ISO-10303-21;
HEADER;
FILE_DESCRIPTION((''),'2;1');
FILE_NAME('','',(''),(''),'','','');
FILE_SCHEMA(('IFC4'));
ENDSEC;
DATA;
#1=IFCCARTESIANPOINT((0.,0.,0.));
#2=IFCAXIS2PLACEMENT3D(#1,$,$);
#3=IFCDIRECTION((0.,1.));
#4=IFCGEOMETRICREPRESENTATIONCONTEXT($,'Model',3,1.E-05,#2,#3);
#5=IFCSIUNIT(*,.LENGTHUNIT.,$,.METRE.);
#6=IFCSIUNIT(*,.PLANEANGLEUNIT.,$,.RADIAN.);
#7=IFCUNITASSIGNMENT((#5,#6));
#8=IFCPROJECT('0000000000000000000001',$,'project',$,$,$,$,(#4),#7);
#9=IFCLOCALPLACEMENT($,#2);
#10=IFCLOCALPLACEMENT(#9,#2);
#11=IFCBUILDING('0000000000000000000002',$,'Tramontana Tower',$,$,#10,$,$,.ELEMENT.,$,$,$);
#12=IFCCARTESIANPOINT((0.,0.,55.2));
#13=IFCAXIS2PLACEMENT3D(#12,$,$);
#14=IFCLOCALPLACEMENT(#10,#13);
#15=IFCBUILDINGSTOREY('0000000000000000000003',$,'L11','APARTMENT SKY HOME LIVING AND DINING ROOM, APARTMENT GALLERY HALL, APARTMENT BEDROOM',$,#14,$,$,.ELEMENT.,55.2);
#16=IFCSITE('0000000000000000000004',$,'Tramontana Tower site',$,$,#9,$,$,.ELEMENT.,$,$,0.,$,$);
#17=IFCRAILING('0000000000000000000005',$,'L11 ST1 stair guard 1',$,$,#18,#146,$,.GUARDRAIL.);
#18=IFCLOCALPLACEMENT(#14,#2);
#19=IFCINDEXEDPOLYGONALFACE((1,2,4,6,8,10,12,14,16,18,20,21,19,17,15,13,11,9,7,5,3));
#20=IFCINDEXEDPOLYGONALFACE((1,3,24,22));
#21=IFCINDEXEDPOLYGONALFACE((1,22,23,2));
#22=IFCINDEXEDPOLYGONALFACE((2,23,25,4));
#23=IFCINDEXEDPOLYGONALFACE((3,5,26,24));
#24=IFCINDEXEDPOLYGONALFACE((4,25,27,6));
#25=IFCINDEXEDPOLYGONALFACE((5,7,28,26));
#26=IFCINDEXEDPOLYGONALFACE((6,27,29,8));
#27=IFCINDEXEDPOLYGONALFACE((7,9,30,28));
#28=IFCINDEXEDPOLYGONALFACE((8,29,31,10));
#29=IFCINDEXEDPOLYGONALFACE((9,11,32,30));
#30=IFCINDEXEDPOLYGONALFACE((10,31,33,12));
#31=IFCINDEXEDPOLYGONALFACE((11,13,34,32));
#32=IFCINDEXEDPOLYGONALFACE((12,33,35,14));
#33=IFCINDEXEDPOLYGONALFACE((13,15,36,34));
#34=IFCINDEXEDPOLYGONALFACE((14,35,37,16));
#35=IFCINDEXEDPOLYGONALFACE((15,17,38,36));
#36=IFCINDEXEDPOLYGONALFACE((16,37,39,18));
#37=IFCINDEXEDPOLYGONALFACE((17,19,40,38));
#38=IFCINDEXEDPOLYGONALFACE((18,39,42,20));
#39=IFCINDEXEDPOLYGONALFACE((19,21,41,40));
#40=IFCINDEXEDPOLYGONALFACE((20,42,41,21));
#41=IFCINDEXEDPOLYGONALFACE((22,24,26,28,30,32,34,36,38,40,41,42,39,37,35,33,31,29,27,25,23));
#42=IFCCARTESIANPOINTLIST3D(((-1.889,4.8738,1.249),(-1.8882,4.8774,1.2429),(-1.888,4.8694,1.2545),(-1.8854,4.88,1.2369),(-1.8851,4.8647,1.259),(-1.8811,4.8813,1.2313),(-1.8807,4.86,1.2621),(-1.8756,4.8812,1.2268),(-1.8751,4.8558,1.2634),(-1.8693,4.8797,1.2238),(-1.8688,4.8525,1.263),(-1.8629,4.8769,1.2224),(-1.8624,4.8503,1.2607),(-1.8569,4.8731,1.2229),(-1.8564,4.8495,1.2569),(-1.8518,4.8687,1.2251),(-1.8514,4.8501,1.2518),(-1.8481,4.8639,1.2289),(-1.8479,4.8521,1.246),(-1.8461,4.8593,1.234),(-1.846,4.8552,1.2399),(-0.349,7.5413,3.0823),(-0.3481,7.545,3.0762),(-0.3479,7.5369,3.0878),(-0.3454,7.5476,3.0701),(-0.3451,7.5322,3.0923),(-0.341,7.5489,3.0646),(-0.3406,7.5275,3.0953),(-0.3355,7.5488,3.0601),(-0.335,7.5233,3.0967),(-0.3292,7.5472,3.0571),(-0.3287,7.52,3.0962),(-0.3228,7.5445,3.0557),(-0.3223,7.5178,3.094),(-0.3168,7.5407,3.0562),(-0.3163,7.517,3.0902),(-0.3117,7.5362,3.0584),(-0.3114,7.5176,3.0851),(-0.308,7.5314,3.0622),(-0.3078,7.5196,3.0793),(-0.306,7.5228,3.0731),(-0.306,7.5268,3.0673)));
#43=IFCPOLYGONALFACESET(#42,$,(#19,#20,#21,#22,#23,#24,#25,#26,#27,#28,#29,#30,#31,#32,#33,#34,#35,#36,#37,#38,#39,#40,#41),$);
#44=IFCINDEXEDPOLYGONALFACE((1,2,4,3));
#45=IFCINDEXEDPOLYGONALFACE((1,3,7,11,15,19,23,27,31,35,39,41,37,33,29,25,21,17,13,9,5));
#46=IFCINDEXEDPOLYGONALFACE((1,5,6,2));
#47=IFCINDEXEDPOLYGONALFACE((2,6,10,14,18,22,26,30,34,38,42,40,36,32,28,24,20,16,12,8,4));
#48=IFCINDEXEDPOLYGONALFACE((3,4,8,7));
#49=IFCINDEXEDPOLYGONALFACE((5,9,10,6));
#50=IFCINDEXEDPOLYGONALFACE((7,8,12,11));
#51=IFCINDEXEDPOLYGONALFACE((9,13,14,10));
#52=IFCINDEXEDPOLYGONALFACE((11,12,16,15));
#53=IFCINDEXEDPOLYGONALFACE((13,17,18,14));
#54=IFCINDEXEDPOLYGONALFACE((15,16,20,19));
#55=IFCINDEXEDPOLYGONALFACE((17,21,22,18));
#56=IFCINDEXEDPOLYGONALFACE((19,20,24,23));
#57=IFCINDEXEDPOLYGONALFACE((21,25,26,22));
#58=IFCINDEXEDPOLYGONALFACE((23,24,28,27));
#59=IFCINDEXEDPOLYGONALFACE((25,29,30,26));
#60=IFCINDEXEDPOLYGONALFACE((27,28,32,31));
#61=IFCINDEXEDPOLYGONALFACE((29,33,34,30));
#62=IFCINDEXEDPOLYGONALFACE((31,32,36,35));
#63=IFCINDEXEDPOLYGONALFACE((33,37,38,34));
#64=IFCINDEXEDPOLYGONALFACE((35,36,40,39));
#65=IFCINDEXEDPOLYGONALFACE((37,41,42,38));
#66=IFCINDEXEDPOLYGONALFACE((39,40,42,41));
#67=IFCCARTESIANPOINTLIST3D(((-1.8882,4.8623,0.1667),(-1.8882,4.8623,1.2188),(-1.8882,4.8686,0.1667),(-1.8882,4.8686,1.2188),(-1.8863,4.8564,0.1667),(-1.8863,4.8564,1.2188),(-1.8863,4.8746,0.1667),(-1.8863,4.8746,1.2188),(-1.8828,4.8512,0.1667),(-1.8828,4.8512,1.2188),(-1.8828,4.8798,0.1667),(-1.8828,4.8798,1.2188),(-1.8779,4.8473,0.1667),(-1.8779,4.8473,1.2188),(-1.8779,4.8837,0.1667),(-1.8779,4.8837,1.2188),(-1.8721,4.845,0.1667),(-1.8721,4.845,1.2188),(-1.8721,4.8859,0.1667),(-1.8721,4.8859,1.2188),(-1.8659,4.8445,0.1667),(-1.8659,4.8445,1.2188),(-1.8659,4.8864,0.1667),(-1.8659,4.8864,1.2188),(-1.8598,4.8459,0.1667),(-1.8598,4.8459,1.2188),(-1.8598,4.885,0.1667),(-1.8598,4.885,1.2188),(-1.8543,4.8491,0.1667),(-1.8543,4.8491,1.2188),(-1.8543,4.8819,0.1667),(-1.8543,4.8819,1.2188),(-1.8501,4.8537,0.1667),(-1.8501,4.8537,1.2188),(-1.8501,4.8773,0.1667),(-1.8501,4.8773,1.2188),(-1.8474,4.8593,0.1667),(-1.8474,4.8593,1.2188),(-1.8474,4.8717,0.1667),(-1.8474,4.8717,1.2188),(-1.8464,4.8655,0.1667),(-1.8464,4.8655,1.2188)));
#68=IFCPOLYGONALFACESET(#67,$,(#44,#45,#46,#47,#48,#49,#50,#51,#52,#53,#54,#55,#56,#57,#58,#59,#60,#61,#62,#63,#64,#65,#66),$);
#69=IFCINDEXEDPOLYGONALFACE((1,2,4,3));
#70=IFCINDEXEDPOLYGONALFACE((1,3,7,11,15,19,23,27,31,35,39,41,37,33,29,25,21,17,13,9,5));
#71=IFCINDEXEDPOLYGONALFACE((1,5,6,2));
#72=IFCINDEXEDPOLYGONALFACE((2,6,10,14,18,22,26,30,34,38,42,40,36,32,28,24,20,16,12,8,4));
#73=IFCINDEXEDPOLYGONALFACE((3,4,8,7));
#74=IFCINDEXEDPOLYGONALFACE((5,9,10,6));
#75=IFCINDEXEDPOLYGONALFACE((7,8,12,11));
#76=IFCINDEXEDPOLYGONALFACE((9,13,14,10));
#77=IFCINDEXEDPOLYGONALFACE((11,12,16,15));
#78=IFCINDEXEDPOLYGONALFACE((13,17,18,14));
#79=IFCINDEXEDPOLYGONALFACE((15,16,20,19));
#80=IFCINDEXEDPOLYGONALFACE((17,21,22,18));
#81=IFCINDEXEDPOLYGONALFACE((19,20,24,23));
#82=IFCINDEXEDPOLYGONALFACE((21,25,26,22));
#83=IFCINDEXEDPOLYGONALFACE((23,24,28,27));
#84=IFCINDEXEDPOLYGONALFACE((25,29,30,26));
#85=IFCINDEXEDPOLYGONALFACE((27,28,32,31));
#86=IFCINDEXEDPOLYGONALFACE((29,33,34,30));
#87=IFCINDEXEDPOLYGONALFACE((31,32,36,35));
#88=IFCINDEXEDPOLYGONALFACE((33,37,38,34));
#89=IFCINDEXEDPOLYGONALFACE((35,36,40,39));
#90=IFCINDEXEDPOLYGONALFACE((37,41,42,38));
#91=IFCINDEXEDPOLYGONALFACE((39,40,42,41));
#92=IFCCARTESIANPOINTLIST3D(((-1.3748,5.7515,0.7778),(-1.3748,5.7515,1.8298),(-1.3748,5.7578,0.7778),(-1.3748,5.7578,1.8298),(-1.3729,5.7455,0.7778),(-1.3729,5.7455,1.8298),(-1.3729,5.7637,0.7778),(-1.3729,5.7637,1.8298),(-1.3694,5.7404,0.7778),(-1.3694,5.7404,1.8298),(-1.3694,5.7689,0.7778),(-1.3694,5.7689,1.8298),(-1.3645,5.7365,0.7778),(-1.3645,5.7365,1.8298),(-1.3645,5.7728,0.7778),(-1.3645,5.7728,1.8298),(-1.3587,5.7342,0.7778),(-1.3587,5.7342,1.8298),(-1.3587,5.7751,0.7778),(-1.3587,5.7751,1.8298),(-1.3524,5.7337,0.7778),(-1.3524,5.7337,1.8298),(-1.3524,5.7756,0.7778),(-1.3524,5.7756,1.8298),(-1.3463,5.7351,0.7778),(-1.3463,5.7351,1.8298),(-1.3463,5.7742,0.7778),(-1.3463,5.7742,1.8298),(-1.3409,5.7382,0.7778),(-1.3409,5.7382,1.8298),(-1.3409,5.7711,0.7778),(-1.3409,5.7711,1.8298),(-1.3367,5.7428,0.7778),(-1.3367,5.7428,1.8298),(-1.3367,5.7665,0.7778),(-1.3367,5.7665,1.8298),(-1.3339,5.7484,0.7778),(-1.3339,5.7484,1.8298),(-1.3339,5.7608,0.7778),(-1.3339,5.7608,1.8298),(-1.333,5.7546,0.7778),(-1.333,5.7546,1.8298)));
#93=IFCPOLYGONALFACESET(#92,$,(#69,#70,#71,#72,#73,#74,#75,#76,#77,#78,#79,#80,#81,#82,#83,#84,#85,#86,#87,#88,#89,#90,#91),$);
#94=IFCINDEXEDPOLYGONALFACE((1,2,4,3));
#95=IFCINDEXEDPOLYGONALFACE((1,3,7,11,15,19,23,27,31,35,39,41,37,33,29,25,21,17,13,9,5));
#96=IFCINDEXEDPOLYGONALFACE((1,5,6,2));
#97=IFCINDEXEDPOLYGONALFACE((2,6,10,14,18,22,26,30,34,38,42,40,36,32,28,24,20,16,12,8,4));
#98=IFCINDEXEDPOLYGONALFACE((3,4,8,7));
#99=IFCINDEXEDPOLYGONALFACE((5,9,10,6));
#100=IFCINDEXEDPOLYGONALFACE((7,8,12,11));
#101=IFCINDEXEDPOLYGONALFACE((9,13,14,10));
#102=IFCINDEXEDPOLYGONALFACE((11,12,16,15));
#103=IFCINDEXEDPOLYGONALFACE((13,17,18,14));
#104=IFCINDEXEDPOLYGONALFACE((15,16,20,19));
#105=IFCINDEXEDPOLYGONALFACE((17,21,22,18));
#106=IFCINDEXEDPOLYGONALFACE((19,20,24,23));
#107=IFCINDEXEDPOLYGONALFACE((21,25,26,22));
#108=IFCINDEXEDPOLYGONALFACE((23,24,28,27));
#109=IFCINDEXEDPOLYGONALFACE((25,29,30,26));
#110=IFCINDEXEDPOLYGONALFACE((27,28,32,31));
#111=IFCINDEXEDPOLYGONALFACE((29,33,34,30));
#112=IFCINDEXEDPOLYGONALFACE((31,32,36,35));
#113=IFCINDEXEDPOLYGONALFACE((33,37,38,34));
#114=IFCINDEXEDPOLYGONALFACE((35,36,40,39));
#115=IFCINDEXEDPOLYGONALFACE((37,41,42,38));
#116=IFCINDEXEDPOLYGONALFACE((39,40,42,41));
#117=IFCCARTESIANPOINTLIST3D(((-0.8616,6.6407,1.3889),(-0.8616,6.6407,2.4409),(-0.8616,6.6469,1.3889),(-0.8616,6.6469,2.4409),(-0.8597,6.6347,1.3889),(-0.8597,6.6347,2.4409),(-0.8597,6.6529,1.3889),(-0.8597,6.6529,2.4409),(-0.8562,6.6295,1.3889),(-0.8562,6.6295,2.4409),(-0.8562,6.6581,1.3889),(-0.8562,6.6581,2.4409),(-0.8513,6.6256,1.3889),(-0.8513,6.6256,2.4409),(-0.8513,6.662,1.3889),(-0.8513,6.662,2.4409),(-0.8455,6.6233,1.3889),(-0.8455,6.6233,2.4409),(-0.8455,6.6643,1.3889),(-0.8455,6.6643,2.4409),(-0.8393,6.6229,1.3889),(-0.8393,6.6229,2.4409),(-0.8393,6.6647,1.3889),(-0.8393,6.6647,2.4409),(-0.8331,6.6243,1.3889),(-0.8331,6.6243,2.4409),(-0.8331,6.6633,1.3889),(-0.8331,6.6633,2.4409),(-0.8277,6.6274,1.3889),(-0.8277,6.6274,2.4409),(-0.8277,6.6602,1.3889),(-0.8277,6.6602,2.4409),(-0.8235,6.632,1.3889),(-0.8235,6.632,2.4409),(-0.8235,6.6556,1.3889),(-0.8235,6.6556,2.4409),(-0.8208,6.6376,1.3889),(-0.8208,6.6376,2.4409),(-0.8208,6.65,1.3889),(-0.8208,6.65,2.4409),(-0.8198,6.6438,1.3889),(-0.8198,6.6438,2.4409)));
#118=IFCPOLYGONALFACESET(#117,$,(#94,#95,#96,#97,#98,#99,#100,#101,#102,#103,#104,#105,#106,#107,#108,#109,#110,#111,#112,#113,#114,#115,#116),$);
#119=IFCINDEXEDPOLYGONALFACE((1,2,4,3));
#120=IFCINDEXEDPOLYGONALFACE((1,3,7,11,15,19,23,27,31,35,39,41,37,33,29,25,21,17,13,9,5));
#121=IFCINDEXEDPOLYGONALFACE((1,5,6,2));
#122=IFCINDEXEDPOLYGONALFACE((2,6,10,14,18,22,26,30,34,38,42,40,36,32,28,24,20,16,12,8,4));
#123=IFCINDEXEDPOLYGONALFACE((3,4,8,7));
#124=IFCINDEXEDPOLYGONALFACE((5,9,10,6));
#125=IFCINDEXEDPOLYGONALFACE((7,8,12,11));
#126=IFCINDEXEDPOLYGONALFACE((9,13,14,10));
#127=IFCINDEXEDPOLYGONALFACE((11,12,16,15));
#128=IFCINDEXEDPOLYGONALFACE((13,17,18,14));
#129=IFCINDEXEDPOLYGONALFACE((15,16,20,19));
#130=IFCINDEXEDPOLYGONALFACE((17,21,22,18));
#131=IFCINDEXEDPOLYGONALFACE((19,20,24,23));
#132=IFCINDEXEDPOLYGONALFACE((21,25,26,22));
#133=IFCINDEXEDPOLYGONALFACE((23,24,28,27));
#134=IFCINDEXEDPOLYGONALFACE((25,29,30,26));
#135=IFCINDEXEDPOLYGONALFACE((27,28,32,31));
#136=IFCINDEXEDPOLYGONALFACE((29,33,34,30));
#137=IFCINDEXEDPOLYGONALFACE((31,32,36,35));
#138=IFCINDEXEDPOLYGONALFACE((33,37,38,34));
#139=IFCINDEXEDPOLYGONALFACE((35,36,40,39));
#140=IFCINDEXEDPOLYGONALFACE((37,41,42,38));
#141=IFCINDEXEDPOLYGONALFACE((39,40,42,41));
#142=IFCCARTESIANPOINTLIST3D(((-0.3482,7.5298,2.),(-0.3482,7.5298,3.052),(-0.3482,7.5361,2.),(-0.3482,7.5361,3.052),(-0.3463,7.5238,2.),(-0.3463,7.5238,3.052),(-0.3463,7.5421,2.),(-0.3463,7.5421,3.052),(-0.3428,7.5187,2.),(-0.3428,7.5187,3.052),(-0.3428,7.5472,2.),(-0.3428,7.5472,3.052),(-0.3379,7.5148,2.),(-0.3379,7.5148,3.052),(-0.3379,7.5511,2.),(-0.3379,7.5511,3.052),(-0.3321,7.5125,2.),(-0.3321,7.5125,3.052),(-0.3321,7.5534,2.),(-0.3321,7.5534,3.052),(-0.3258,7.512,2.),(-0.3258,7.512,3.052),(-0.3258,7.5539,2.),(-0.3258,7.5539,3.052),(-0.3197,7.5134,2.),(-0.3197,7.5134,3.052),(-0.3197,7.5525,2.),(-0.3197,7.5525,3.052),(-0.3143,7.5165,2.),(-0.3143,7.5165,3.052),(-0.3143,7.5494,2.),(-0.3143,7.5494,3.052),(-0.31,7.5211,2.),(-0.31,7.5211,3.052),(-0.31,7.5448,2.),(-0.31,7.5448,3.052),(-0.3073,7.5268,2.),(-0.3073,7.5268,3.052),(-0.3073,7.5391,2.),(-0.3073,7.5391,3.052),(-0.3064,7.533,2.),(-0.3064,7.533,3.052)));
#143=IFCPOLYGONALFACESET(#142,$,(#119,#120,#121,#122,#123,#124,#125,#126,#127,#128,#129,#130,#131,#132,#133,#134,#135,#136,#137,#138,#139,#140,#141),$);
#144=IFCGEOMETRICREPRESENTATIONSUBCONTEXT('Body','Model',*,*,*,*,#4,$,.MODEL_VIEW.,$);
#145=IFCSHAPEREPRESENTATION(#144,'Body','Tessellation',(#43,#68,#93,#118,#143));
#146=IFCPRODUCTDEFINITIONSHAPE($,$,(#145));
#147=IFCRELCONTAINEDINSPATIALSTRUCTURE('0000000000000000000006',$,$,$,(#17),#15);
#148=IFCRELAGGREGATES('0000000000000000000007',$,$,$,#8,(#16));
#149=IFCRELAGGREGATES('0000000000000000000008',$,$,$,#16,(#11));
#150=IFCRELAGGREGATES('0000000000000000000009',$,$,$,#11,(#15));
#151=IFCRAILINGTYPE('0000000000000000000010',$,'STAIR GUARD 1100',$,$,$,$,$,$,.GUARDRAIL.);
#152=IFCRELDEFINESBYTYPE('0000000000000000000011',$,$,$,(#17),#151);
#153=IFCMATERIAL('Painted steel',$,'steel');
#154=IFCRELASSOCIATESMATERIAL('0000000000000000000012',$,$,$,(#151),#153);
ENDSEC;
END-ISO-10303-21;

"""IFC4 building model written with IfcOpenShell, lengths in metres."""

from ifc_helpers import new_model, si_unit, direction, frame, origin, origin_2d, place, context, subcontext, project, spatial, circle, extrude, material, type_object, element, save


model = new_model("IFC4")

# Units and contexts
model_context = context("Model", 3, precision=1e-05, world=origin(), true_north=direction((0.0, 1.0)))
body_context = subcontext(model_context, "Body", "Model", "MODEL_VIEW")
ifc_project = project(units=[si_unit("LENGTHUNIT", "METRE"), si_unit("PLANEANGLEUNIT", "RADIAN")], contexts=[model_context])

# Site, building, storey
site_placement = place(None, origin())
site = spatial("IfcSite", under=ifc_project, at=site_placement, Name="Tramontana Tower site", CompositionType="ELEMENT", RefElevation=0.0)
building_placement = place(site_placement, origin())
building = spatial("IfcBuilding", under=site, at=building_placement, Name="Tramontana Tower", CompositionType="ELEMENT")
storey_placement = place(building_placement, frame((0.0, 0.0, 55.2)))
storey = spatial("IfcBuildingStorey", under=building, at=storey_placement, Name="L11", Description="APARTMENT SKY HOME LIVING AND DINING ROOM, APARTMENT GALLERY HALL, APARTMENT BEDROOM", CompositionType="ELEMENT", Elevation=55.2)

# Railing
ifc_material_1 = material(Name="Painted steel", Category="steel")
railing_type_1 = type_object("IfcRailingType", Name="STAIR GUARD 1100", PredefinedType="GUARDRAIL", material=ifc_material_1)
railing_1_placement = place(storey_placement, frame((-1.8674, 4.8655, 0.1667)))
element("IfcRailing", 1, at=railing_1_placement, inside=storey, type_object=railing_type_1, Name="L11 ST1 stair guard 1", PredefinedType="GUARDRAIL", context=body_context, shape_type="SweptSolid", body=[
    extrude(circle(Radius=0.0239, at=origin_2d()), frame((0.0, 0.0, 1.0762), z_axis=(0.429649, 0.74419, 0.511452), x_axis=(-0.86603, 0.499992, 0.0)), (0.0, 0.0, 1.0), 3.5845),
    extrude(circle(Radius=0.021, at=origin_2d()), origin(), (0.0, 0.0, 1.0), 1.052),
    extrude(circle(Radius=0.021, at=origin_2d()), frame((0.5134, 0.8892, 0.6111)), (0.0, 0.0, 1.0), 1.052),
    extrude(circle(Radius=0.021, at=origin_2d()), frame((1.0266, 1.7783, 1.2222)), (0.0, 0.0, 1.0), 1.052),
    extrude(circle(Radius=0.021, at=origin_2d()), frame((1.54, 2.6675, 1.8333)), (0.0, 0.0, 1.0), 1.052),
])

save(model, "model.ifc")
